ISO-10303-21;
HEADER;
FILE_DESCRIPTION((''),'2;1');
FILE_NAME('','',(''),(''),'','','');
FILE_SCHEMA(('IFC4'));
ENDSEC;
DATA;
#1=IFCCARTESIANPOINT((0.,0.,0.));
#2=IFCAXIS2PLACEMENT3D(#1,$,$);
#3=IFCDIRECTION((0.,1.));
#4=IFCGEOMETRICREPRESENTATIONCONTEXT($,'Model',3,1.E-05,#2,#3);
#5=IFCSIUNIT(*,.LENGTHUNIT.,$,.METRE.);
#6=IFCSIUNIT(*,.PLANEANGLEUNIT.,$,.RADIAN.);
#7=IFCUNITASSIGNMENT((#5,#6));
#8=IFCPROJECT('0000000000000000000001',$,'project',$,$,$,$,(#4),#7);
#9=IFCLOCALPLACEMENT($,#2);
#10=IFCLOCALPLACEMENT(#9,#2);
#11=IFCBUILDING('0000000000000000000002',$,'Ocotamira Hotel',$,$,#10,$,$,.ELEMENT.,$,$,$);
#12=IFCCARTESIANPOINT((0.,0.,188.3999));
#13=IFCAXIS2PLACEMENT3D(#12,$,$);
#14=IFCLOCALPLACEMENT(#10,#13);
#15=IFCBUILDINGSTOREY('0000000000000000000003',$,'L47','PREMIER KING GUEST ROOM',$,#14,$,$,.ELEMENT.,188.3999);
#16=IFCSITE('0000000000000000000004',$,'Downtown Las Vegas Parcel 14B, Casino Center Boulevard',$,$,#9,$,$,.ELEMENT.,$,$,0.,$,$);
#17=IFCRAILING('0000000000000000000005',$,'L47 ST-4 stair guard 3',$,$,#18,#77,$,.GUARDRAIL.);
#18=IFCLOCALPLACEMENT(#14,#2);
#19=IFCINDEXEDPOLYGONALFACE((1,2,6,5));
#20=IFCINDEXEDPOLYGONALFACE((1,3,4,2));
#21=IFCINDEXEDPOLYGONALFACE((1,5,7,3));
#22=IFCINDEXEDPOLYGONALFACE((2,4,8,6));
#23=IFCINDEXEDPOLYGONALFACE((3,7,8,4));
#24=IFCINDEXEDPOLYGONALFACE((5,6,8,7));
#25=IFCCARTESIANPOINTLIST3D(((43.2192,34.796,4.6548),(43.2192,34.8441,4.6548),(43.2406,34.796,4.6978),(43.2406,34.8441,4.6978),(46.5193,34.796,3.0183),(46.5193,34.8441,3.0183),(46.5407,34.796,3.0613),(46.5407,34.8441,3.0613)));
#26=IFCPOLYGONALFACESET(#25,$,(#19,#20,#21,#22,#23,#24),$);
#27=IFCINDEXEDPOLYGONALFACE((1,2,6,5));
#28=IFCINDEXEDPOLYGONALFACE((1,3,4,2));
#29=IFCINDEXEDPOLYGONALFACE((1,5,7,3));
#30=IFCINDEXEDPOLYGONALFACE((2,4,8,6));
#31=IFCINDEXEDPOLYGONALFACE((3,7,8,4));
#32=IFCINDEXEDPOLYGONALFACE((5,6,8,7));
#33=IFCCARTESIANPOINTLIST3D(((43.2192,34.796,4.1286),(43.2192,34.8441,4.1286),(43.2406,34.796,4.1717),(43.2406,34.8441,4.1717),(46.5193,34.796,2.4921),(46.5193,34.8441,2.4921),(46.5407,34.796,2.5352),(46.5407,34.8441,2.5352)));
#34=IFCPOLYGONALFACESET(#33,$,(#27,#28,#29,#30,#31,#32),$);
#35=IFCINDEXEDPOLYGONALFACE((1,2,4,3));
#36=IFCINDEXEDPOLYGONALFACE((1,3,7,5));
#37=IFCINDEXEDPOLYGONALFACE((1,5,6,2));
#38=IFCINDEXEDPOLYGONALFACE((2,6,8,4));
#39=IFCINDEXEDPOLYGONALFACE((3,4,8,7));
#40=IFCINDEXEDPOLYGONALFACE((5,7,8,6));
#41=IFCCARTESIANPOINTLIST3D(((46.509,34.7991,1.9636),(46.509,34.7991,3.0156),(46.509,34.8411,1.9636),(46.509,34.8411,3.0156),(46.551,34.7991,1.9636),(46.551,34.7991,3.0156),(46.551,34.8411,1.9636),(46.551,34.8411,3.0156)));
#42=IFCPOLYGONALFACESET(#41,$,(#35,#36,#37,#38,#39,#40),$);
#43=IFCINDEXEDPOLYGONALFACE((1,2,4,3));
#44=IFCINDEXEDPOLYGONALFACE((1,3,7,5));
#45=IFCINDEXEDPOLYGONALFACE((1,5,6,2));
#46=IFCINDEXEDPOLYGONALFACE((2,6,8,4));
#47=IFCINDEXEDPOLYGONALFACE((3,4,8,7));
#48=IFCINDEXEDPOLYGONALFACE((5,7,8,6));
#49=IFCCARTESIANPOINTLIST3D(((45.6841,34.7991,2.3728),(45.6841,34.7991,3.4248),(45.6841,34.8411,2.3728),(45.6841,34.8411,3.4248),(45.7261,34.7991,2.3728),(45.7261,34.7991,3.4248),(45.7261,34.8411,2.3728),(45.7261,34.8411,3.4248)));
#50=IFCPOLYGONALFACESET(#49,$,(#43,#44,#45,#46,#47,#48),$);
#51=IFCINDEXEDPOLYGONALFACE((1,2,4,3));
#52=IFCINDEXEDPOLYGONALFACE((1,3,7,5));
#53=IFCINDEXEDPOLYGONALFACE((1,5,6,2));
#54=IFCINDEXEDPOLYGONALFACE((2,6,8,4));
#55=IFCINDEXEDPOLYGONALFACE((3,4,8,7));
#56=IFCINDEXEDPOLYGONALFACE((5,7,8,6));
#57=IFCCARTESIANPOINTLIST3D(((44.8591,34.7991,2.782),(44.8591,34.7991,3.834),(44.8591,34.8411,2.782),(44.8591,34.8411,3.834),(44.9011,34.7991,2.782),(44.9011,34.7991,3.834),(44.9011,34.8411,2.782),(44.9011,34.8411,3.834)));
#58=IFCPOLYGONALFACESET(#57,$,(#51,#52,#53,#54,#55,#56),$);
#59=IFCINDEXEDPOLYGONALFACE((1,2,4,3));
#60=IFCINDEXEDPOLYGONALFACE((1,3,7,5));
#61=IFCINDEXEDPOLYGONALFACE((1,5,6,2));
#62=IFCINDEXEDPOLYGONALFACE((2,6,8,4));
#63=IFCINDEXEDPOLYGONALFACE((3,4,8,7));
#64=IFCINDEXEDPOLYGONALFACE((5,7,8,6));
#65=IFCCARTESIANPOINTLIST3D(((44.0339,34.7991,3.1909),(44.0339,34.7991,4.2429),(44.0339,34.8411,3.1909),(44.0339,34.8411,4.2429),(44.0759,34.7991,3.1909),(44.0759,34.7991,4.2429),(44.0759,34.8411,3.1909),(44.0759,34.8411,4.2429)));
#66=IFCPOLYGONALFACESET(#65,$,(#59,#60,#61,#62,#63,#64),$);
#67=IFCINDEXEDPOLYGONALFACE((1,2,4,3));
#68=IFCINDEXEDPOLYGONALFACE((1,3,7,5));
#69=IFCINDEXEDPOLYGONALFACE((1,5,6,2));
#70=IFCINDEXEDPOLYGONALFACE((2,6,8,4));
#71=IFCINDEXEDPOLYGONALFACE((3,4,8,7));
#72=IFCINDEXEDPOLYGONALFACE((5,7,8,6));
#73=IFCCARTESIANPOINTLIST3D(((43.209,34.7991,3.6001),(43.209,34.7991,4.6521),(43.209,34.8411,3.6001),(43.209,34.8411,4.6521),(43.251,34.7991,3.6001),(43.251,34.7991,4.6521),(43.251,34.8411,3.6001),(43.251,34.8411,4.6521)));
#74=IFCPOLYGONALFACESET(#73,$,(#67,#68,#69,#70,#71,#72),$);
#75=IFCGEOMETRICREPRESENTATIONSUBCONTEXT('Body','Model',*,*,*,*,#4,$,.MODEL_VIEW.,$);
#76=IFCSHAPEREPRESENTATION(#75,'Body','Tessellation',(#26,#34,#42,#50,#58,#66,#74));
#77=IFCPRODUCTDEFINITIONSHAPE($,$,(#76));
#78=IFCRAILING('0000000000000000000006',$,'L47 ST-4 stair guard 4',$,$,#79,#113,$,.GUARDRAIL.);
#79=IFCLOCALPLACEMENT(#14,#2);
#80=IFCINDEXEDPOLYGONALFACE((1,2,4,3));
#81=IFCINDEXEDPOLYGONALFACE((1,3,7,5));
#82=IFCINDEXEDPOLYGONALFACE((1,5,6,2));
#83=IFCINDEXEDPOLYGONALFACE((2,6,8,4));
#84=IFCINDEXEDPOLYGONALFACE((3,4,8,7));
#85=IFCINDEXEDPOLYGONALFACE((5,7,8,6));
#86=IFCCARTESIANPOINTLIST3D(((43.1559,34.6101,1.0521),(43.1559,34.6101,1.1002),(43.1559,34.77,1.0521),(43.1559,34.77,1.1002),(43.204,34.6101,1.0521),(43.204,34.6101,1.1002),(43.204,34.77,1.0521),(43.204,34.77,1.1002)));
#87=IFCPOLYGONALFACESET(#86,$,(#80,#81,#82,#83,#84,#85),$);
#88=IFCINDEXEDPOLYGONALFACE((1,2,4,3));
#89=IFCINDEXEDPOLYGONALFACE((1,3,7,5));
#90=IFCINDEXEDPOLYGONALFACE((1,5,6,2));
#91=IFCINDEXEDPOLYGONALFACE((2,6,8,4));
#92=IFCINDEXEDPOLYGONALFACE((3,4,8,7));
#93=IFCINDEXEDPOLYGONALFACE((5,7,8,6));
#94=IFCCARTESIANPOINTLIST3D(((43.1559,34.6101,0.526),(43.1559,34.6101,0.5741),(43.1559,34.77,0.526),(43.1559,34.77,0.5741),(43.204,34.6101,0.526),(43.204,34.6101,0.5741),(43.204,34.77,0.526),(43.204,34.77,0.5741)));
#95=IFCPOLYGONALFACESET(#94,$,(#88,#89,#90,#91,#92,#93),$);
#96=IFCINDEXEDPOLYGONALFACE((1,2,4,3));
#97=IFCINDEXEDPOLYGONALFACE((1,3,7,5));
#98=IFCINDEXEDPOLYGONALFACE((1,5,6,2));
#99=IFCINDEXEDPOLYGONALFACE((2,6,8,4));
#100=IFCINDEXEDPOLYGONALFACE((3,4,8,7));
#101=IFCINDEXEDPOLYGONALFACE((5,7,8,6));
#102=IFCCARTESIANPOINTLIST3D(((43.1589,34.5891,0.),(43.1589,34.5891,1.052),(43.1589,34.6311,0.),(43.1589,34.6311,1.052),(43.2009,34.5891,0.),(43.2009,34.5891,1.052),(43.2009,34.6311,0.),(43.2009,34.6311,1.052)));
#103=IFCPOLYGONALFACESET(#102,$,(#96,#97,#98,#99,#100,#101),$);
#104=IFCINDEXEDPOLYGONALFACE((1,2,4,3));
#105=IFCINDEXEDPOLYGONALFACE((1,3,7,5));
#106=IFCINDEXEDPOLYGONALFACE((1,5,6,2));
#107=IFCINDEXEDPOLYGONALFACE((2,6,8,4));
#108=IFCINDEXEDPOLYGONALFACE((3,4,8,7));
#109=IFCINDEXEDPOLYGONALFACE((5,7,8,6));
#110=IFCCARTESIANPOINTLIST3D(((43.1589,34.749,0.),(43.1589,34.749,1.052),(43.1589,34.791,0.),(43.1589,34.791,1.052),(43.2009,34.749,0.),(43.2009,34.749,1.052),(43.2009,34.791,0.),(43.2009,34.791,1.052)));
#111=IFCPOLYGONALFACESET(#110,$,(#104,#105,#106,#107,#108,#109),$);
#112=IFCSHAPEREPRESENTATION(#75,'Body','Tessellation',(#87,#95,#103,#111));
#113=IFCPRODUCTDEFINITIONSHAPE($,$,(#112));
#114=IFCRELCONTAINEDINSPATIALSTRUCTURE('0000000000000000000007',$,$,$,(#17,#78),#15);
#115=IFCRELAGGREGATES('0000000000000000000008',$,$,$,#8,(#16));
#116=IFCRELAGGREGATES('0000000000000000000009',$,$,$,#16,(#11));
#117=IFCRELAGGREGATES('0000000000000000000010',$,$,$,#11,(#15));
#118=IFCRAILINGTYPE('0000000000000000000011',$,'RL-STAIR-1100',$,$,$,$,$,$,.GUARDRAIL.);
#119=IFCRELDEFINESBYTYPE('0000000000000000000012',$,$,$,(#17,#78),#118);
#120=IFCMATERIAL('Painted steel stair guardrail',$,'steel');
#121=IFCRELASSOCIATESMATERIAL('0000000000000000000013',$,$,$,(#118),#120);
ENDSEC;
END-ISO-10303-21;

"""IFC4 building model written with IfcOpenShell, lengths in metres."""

from ifc_helpers import new_model, si_unit, direction, frame, origin, origin_2d, place, context, subcontext, project, spatial, rectangle, extrude, material, type_object, element, save


model = new_model("IFC4")

# Units and contexts
model_context = context("Model", 3, precision=1e-05, world=origin(), true_north=direction((0.0, 1.0)))
body_context = subcontext(model_context, "Body", "Model", "MODEL_VIEW")
ifc_project = project(units=[si_unit("LENGTHUNIT", "METRE"), si_unit("PLANEANGLEUNIT", "RADIAN")], contexts=[model_context])

# Site, building, storey
site_placement = place(None, origin())
site = spatial("IfcSite", under=ifc_project, at=site_placement, Name="Downtown Las Vegas Parcel 14B, Casino Center Boulevard", CompositionType="ELEMENT", RefElevation=0.0)
building_placement = place(site_placement, origin())
building = spatial("IfcBuilding", under=site, at=building_placement, Name="Ocotamira Hotel", CompositionType="ELEMENT")
storey_placement = place(building_placement, frame((0.0, 0.0, 188.3999)))
storey = spatial("IfcBuildingStorey", under=building, at=storey_placement, Name="L47", Description="PREMIER KING GUEST ROOM", CompositionType="ELEMENT", Elevation=188.3999)

# Railings
ifc_material_1 = material(Name="Painted steel stair guardrail", Category="steel")
railing_type_1 = type_object("IfcRailingType", Name="RL-STAIR-1100", PredefinedType="GUARDRAIL", material=ifc_material_1)
railing_1_placement = place(storey_placement, frame((46.53, 34.8201, 1.9636)))
element("IfcRailing", 1, at=railing_1_placement, inside=storey, type_object=railing_type_1, Name="L47 ST-4 stair guard 3", PredefinedType="GUARDRAIL", context=body_context, shape_type="SweptSolid", body=[
    extrude(rectangle(XDim=0.0481, YDim=0.0481, at=origin_2d()), frame((0.0, 0.0, 1.0762), z_axis=(-0.895894, 0.0, 0.444268), x_axis=(0.0, -1.0, 0.0)), (0.0, 0.0, 1.0), 3.6836),
    extrude(rectangle(XDim=0.0481, YDim=0.0481, at=origin_2d()), frame((0.0, 0.0, 0.55), z_axis=(-0.895894, 0.0, 0.444268), x_axis=(0.0, -1.0, 0.0)), (0.0, 0.0, 1.0), 3.6836),
    extrude(rectangle(XDim=0.042, YDim=0.042, at=origin_2d()), origin(), (0.0, 0.0, 1.0), 1.052),
    extrude(rectangle(XDim=0.042, YDim=0.042, at=origin_2d()), frame((-0.825, 0.0, 0.4092)), (0.0, 0.0, 1.0), 1.052),
    extrude(rectangle(XDim=0.042, YDim=0.042, at=origin_2d()), frame((-1.6499, 0.0, 0.8184)), (0.0, 0.0, 1.0), 1.052),
    extrude(rectangle(XDim=0.042, YDim=0.042, at=origin_2d()), frame((-2.4751, 0.0, 1.2273)), (0.0, 0.0, 1.0), 1.052),
    extrude(rectangle(XDim=0.042, YDim=0.042, at=origin_2d()), frame((-3.3, 0.0, 1.6365)), (0.0, 0.0, 1.0), 1.052),
])
railing_2_placement = place(storey_placement, frame((43.1799, 34.6101, 0.0)))
element("IfcRailing", 2, at=railing_2_placement, inside=storey, type_object=railing_type_1, Name="L47 ST-4 stair guard 4", PredefinedType="GUARDRAIL", context=body_context, shape_type="SweptSolid", body=[
    extrude(rectangle(XDim=0.0481, YDim=0.0481, at=origin_2d()), frame((0.0, 0.0, 1.0762), z_axis=(0.0, 1.0, 0.0), x_axis=(-1.0, 0.0, 0.0)), (0.0, 0.0, 1.0), 0.1599),
    extrude(rectangle(XDim=0.0481, YDim=0.0481, at=origin_2d()), frame((0.0, 0.0, 0.55), z_axis=(0.0, 1.0, 0.0), x_axis=(-1.0, 0.0, 0.0)), (0.0, 0.0, 1.0), 0.1599),
    extrude(rectangle(XDim=0.042, YDim=0.042, at=origin_2d()), origin(), (0.0, 0.0, 1.0), 1.052),
    extrude(rectangle(XDim=0.042, YDim=0.042, at=origin_2d()), frame((0.0, 0.1599, 0.0)), (0.0, 0.0, 1.0), 1.052),
])

save(model, "model.ifc")
